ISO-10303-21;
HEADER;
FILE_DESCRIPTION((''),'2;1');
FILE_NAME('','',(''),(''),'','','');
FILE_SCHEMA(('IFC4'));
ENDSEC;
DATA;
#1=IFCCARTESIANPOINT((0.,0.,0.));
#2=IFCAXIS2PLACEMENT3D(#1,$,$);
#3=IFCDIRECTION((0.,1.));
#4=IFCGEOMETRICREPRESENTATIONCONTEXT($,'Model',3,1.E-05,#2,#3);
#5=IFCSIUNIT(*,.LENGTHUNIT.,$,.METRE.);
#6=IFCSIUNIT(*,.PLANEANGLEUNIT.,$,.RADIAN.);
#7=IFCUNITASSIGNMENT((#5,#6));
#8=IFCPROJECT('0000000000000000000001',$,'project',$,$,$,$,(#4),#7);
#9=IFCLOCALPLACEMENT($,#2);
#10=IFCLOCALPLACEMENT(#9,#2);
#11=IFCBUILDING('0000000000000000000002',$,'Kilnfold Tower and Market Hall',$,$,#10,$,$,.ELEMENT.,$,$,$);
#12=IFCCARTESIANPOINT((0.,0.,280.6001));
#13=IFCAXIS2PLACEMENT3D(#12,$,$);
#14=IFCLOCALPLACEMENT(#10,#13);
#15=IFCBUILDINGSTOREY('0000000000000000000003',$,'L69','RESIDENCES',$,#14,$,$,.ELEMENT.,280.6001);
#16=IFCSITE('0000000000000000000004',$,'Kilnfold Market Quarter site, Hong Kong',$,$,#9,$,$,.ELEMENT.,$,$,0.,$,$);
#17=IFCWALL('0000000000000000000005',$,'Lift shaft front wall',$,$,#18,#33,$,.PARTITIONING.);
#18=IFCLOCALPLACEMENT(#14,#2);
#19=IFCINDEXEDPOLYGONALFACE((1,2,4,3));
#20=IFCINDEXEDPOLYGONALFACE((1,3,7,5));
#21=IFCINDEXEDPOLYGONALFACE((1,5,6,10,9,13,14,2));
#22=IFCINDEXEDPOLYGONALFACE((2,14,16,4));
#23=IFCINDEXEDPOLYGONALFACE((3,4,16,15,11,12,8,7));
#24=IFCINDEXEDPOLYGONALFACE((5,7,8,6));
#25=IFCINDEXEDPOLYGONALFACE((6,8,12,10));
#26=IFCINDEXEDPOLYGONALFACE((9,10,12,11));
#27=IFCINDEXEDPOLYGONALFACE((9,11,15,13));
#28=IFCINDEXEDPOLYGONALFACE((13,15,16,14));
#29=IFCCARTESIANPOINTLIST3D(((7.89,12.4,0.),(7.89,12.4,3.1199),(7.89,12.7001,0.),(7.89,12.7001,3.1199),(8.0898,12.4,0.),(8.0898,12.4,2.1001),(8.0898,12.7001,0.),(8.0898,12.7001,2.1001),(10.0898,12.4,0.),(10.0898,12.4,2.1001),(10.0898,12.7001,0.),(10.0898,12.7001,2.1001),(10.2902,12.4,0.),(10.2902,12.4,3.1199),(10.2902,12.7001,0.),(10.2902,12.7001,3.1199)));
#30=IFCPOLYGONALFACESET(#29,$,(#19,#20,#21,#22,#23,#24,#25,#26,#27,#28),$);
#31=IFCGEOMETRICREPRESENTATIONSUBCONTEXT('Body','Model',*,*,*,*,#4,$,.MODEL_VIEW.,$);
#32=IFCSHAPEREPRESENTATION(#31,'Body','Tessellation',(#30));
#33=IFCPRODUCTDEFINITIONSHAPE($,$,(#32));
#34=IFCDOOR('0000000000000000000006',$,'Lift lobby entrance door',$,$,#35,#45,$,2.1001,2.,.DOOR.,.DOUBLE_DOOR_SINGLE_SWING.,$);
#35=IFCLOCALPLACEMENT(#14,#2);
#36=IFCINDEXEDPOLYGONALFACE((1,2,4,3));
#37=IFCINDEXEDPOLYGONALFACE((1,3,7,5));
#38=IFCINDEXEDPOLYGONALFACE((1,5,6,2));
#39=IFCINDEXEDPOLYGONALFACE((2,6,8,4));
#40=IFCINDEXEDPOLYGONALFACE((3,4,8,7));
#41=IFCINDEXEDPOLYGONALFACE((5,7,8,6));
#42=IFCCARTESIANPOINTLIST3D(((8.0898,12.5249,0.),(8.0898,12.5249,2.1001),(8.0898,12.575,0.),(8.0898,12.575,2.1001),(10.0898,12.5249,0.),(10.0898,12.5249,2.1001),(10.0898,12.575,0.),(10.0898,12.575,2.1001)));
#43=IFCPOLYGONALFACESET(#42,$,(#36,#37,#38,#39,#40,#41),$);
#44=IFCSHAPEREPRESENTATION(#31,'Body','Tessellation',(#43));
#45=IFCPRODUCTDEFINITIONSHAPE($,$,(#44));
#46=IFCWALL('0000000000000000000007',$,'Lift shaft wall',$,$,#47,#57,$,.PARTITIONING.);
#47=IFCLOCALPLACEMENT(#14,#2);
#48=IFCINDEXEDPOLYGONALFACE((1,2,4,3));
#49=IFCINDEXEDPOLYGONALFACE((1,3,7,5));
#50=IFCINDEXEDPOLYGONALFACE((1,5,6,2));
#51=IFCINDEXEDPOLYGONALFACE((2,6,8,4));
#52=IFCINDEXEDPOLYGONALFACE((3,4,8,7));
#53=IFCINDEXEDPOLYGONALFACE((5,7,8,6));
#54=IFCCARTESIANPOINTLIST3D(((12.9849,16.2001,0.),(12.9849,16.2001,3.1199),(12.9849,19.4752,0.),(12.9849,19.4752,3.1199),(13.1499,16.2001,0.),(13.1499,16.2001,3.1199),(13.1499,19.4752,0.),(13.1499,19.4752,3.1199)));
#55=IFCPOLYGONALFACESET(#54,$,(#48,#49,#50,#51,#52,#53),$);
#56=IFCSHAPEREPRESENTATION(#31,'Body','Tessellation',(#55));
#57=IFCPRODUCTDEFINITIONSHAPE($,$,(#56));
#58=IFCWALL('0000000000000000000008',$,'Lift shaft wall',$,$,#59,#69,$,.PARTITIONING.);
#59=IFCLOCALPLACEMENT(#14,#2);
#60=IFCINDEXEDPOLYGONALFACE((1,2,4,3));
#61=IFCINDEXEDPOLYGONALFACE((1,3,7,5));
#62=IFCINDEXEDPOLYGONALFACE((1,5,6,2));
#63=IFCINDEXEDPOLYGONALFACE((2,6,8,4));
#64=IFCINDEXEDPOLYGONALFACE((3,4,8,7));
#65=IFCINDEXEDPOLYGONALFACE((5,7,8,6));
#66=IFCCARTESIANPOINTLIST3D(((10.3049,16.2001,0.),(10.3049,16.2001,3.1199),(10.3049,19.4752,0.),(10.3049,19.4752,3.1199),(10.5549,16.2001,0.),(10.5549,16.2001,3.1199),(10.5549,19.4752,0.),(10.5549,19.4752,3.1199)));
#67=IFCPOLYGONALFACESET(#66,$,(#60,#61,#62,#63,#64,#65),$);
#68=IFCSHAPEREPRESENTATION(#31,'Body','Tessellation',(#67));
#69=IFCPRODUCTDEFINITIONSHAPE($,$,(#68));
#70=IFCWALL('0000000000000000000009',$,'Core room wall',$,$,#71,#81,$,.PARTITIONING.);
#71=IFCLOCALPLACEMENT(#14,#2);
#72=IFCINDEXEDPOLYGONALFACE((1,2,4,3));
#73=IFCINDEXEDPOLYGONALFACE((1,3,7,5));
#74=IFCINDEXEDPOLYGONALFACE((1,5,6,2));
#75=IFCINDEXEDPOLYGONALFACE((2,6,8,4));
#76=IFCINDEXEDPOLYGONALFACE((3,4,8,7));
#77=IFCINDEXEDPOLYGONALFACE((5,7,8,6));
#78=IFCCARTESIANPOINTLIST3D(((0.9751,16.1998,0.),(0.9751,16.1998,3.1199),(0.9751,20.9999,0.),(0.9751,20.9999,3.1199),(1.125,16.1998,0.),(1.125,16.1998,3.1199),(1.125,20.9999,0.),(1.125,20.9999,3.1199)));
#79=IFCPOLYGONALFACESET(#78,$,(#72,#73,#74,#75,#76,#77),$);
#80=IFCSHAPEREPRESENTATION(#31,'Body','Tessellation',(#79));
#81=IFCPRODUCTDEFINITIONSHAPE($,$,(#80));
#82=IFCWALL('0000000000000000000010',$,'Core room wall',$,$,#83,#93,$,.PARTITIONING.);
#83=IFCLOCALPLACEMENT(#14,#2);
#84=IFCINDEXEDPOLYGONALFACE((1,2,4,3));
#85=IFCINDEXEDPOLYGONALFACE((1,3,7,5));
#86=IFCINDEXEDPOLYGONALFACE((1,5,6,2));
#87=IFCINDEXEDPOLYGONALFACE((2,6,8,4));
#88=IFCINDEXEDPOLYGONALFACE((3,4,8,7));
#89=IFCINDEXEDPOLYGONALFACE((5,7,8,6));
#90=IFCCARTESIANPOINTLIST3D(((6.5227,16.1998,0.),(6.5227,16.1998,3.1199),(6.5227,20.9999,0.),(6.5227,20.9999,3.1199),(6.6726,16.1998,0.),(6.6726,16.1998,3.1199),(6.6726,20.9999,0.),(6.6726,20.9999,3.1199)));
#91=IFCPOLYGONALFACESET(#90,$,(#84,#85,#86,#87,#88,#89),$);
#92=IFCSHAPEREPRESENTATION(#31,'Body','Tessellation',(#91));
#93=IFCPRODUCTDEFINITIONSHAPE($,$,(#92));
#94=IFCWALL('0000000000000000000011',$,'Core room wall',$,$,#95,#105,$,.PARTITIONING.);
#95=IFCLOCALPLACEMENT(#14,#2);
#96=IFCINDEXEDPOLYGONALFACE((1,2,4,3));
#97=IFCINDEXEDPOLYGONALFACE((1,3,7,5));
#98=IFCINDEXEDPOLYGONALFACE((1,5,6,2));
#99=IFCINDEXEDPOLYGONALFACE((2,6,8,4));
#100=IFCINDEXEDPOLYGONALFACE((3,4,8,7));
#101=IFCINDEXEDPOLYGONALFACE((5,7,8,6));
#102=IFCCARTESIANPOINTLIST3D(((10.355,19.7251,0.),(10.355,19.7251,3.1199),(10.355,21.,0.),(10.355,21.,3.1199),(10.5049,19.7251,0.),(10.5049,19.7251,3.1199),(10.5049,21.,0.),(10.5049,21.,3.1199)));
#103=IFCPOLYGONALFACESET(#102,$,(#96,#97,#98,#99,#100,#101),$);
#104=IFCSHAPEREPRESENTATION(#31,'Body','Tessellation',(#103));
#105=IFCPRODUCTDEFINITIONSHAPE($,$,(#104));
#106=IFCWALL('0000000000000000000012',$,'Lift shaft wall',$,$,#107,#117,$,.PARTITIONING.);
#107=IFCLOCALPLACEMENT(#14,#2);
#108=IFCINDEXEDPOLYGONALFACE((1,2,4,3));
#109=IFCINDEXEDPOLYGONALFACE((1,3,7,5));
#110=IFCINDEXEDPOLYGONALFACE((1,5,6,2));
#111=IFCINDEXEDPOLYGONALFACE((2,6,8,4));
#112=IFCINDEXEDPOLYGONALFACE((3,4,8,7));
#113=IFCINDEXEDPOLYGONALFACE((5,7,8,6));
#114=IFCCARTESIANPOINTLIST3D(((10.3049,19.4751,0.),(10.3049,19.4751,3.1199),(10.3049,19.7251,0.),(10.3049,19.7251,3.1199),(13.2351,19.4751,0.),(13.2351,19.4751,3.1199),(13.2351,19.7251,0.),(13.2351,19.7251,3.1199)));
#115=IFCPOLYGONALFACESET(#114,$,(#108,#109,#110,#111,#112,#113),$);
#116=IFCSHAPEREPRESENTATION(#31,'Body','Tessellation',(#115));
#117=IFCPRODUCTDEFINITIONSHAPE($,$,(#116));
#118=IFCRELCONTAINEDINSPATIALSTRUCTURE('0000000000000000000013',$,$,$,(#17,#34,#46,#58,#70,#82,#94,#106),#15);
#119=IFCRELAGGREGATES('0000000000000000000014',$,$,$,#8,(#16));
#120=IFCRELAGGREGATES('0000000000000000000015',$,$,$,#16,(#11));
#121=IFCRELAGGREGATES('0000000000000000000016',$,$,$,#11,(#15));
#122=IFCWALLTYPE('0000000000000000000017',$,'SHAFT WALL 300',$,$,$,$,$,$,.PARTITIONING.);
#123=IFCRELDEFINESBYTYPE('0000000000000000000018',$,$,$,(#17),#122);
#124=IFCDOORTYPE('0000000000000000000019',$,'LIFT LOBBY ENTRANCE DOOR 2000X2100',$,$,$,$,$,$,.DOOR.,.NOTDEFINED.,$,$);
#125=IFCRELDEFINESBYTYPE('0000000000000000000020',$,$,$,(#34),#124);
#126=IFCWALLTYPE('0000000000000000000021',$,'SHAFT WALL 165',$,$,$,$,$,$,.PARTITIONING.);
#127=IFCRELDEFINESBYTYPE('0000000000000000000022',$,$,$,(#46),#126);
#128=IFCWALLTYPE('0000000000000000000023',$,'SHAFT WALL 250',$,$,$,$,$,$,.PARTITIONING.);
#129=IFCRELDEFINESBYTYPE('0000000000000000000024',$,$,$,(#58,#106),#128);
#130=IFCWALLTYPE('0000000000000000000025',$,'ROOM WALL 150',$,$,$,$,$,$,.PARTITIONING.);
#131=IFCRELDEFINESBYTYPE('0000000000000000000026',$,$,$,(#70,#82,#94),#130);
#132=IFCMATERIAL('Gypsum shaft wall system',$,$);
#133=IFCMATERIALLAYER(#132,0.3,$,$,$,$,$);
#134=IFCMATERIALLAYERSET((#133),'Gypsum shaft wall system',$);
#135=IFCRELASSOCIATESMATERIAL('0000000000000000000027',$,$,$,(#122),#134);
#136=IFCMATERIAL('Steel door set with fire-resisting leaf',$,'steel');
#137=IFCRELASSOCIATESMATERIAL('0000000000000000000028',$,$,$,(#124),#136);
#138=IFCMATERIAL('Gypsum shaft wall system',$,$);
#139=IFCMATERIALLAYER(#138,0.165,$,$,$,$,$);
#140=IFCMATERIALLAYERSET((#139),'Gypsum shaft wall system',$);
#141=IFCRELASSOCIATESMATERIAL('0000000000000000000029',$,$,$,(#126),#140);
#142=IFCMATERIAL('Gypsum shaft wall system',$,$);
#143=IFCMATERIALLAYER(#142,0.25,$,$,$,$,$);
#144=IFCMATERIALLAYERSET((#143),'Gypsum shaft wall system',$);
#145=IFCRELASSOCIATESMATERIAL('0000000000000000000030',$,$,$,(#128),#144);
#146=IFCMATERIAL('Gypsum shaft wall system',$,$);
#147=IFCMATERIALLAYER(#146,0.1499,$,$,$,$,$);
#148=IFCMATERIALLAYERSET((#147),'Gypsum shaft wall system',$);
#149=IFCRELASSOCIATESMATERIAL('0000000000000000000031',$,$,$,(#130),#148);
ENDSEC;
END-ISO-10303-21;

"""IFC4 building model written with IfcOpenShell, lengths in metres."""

from ifc_helpers import new_model, si_unit, direction, frame, frame_2d, origin, place, context, subcontext, project, spatial, rectangle, extrude, source, transform, mapped, material, layer, layer_set, type_object, element, fill, save


model = new_model("IFC4")

# Units and contexts
model_context = context("Model", 3, precision=1e-05, world=origin(), true_north=direction((0.0, 1.0)))
body_context = subcontext(model_context, "Body", "Model", "MODEL_VIEW")
ifc_project = project(units=[si_unit("LENGTHUNIT", "METRE"), si_unit("PLANEANGLEUNIT", "RADIAN")], contexts=[model_context])

# Site, building, storey
site_placement = place(None, origin())
site = spatial("IfcSite", under=ifc_project, at=site_placement, Name="Kilnfold Market Quarter site, Hong Kong", CompositionType="ELEMENT", RefElevation=0.0)
building_placement = place(site_placement, origin())
building = spatial("IfcBuilding", under=site, at=building_placement, Name="Kilnfold Tower and Market Hall", CompositionType="ELEMENT")
storey_placement = place(building_placement, frame((0.0, 0.0, 280.6001)))
storey = spatial("IfcBuildingStorey", under=building, at=storey_placement, Name="L69", Description="RESIDENCES", CompositionType="ELEMENT", Elevation=280.6001)

# Wall, opening, door
ifc_material_1 = material(Name="Gypsum shaft wall system")
ifc_layer_1 = layer(ifc_material_1, 0.3)
ifc_layer_set_1 = layer_set([ifc_layer_1], Name="Gypsum shaft wall system")
wall_type_1 = type_object("IfcWallType", Name="SHAFT WALL 300", PredefinedType="PARTITIONING", material=ifc_layer_set_1)
shared_shape_1 = source(origin(), body_context, "Body", "SweptSolid", [
    extrude(rectangle(XDim=2.4001, YDim=0.3, at=frame_2d((1.2002, 0.0))), origin(), (0.0, 0.0, 1.0), 3.1199),
])
wall_1_placement = place(storey_placement, frame((7.8899, 12.55, 0.0), z_axis=(0.0, 0.0, 1.0), x_axis=(1.0, 0.0, 0.0)))
wall_1 = element("IfcWall", 1, at=wall_1_placement, inside=storey, type_object=wall_type_1, Name="Lift shaft front wall", PredefinedType="PARTITIONING", context=body_context, shape_type="MappedRepresentation", body=[
    mapped(shared_shape_1, transform((0.0, 0.0, 0.0))),
])
opening_1_placement = place(wall_1_placement, frame((0.2, 0.0, 0.0)))
opening_1 = element("IfcOpeningElement", 2, at=opening_1_placement, cuts=wall_1, PredefinedType="OPENING", context=body_context, shape_type="SweptSolid", body=[
    extrude(rectangle(XDim=2.0, YDim=2.1001, at=frame_2d((1.0, 1.05))), frame((0.0, 0.1602, 0.0), z_axis=(0.0, -1.0, 0.0), x_axis=(1.0, 0.0, 0.0)), (0.0, 0.0, 1.0), 0.3201),
])
ifc_material_2 = material(Name="Steel door set with fire-resisting leaf", Category="steel")
door_type_1 = type_object("IfcDoorType", Name="LIFT LOBBY ENTRANCE DOOR 2000X2100", OperationType="NOTDEFINED", PredefinedType="DOOR", material=ifc_material_2)
door_1_placement = place(opening_1_placement, origin())
door_1 = element("IfcDoor", 3, at=door_1_placement, inside=storey, type_object=door_type_1, Name="Lift lobby entrance door", OperationType="DOUBLE_DOOR_SINGLE_SWING", OverallHeight=2.1001, OverallWidth=2.0, PredefinedType="DOOR", context=body_context, shape_type="SweptSolid", body=[
    extrude(rectangle(XDim=2.0, YDim=2.1001, at=frame_2d((1.0, 1.05))), frame((0.0, 0.0249, 0.0), z_axis=(0.0, -1.0, 0.0), x_axis=(1.0, 0.0, 0.0)), (0.0, 0.0, 1.0), 0.05),
])
fill(opening_1, door_1)

# Walls
ifc_material_3 = material(Name="Gypsum shaft wall system")
ifc_layer_2 = layer(ifc_material_3, 0.165)
ifc_layer_set_2 = layer_set([ifc_layer_2], Name="Gypsum shaft wall system")
wall_type_2 = type_object("IfcWallType", Name="SHAFT WALL 165", PredefinedType="PARTITIONING", material=ifc_layer_set_2)
shared_shape_2 = source(origin(), body_context, "Body", "SweptSolid", [
    extrude(rectangle(XDim=3.2751, YDim=0.165, at=frame_2d((1.6377, 0.0))), origin(), (0.0, 0.0, 1.0), 3.1199),
])
wall_2_placement = place(storey_placement, frame((13.0674, 16.2, 0.0), z_axis=(0.0, 0.0, 1.0), x_axis=(0.0, 1.0, 0.0)))
element("IfcWall", 4, at=wall_2_placement, inside=storey, type_object=wall_type_2, Name="Lift shaft wall", PredefinedType="PARTITIONING", context=body_context, shape_type="MappedRepresentation", body=[
    mapped(shared_shape_2, transform((0.0, 0.0, 0.0))),
])
ifc_material_4 = material(Name="Gypsum shaft wall system")
ifc_layer_3 = layer(ifc_material_4, 0.25)
ifc_layer_set_3 = layer_set([ifc_layer_3], Name="Gypsum shaft wall system")
wall_type_3 = type_object("IfcWallType", Name="SHAFT WALL 250", PredefinedType="PARTITIONING", material=ifc_layer_set_3)
shared_shape_3 = source(origin(), body_context, "Body", "SweptSolid", [
    extrude(rectangle(XDim=3.2751, YDim=0.25, at=frame_2d((1.6377, 0.0))), origin(), (0.0, 0.0, 1.0), 3.1199),
])
wall_3_placement = place(storey_placement, frame((10.4299, 16.2, 0.0), z_axis=(0.0, 0.0, 1.0), x_axis=(0.0, 1.0, 0.0)))
element("IfcWall", 5, at=wall_3_placement, inside=storey, type_object=wall_type_3, Name="Lift shaft wall", PredefinedType="PARTITIONING", context=body_context, shape_type="MappedRepresentation", body=[
    mapped(shared_shape_3, transform((0.0, 0.0, 0.0))),
])
ifc_material_5 = material(Name="Gypsum shaft wall system")
ifc_layer_4 = layer(ifc_material_5, 0.1499)
ifc_layer_set_4 = layer_set([ifc_layer_4], Name="Gypsum shaft wall system")
wall_type_4 = type_object("IfcWallType", Name="ROOM WALL 150", PredefinedType="PARTITIONING", material=ifc_layer_set_4)
shared_shape_4 = source(origin(), body_context, "Body", "SweptSolid", [
    extrude(rectangle(XDim=4.8, YDim=0.1499, at=frame_2d((2.3999, 0.0))), origin(), (0.0, 0.0, 1.0), 3.1199),
])
for number, where, z_axis, x_axis, name in (
    (6, (1.05, 16.2, 0.0), (0.0, 0.0, 1.0), (0.0, 1.0, 0.0), "Core room wall"),
    (7, (6.5977, 16.2, 0.0), (0.0, 0.0, 1.0), (0.0, 1.0, 0.0), "Core room wall"),
):
    element("IfcWall", number, at=place(storey_placement, frame(where, z_axis=z_axis, x_axis=x_axis)), inside=storey, type_object=wall_type_4, Name=name, PredefinedType="PARTITIONING", context=body_context, shape_type="MappedRepresentation", body=[
        mapped(shared_shape_4, transform((0.0, 0.0, 0.0))),
    ])
shared_shape_5 = source(origin(), body_context, "Body", "SweptSolid", [
    extrude(rectangle(XDim=1.2749, YDim=0.1499, at=frame_2d((0.6375, 0.0))), origin(), (0.0, 0.0, 1.0), 3.1199),
])
wall_4_placement = place(storey_placement, frame((10.4299, 19.7251, 0.0), z_axis=(0.0, 0.0, 1.0), x_axis=(0.0, 1.0, 0.0)))
element("IfcWall", 8, at=wall_4_placement, inside=storey, type_object=wall_type_4, Name="Core room wall", PredefinedType="PARTITIONING", context=body_context, shape_type="MappedRepresentation", body=[
    mapped(shared_shape_5, transform((0.0, 0.0, 0.0))),
])
shared_shape_6 = source(origin(), body_context, "Body", "SweptSolid", [
    extrude(rectangle(XDim=2.9302, YDim=0.25, at=frame_2d((1.4651, 0.0))), origin(), (0.0, 0.0, 1.0), 3.1199),
])
wall_5_placement = place(storey_placement, frame((10.3049, 19.6001, 0.0), z_axis=(0.0, 0.0, 1.0), x_axis=(1.0, 0.0, 0.0)))
element("IfcWall", 9, at=wall_5_placement, inside=storey, type_object=wall_type_3, Name="Lift shaft wall", PredefinedType="PARTITIONING", context=body_context, shape_type="MappedRepresentation", body=[
    mapped(shared_shape_6, transform((0.0, 0.0, 0.0))),
])

save(model, "model.ifc")
